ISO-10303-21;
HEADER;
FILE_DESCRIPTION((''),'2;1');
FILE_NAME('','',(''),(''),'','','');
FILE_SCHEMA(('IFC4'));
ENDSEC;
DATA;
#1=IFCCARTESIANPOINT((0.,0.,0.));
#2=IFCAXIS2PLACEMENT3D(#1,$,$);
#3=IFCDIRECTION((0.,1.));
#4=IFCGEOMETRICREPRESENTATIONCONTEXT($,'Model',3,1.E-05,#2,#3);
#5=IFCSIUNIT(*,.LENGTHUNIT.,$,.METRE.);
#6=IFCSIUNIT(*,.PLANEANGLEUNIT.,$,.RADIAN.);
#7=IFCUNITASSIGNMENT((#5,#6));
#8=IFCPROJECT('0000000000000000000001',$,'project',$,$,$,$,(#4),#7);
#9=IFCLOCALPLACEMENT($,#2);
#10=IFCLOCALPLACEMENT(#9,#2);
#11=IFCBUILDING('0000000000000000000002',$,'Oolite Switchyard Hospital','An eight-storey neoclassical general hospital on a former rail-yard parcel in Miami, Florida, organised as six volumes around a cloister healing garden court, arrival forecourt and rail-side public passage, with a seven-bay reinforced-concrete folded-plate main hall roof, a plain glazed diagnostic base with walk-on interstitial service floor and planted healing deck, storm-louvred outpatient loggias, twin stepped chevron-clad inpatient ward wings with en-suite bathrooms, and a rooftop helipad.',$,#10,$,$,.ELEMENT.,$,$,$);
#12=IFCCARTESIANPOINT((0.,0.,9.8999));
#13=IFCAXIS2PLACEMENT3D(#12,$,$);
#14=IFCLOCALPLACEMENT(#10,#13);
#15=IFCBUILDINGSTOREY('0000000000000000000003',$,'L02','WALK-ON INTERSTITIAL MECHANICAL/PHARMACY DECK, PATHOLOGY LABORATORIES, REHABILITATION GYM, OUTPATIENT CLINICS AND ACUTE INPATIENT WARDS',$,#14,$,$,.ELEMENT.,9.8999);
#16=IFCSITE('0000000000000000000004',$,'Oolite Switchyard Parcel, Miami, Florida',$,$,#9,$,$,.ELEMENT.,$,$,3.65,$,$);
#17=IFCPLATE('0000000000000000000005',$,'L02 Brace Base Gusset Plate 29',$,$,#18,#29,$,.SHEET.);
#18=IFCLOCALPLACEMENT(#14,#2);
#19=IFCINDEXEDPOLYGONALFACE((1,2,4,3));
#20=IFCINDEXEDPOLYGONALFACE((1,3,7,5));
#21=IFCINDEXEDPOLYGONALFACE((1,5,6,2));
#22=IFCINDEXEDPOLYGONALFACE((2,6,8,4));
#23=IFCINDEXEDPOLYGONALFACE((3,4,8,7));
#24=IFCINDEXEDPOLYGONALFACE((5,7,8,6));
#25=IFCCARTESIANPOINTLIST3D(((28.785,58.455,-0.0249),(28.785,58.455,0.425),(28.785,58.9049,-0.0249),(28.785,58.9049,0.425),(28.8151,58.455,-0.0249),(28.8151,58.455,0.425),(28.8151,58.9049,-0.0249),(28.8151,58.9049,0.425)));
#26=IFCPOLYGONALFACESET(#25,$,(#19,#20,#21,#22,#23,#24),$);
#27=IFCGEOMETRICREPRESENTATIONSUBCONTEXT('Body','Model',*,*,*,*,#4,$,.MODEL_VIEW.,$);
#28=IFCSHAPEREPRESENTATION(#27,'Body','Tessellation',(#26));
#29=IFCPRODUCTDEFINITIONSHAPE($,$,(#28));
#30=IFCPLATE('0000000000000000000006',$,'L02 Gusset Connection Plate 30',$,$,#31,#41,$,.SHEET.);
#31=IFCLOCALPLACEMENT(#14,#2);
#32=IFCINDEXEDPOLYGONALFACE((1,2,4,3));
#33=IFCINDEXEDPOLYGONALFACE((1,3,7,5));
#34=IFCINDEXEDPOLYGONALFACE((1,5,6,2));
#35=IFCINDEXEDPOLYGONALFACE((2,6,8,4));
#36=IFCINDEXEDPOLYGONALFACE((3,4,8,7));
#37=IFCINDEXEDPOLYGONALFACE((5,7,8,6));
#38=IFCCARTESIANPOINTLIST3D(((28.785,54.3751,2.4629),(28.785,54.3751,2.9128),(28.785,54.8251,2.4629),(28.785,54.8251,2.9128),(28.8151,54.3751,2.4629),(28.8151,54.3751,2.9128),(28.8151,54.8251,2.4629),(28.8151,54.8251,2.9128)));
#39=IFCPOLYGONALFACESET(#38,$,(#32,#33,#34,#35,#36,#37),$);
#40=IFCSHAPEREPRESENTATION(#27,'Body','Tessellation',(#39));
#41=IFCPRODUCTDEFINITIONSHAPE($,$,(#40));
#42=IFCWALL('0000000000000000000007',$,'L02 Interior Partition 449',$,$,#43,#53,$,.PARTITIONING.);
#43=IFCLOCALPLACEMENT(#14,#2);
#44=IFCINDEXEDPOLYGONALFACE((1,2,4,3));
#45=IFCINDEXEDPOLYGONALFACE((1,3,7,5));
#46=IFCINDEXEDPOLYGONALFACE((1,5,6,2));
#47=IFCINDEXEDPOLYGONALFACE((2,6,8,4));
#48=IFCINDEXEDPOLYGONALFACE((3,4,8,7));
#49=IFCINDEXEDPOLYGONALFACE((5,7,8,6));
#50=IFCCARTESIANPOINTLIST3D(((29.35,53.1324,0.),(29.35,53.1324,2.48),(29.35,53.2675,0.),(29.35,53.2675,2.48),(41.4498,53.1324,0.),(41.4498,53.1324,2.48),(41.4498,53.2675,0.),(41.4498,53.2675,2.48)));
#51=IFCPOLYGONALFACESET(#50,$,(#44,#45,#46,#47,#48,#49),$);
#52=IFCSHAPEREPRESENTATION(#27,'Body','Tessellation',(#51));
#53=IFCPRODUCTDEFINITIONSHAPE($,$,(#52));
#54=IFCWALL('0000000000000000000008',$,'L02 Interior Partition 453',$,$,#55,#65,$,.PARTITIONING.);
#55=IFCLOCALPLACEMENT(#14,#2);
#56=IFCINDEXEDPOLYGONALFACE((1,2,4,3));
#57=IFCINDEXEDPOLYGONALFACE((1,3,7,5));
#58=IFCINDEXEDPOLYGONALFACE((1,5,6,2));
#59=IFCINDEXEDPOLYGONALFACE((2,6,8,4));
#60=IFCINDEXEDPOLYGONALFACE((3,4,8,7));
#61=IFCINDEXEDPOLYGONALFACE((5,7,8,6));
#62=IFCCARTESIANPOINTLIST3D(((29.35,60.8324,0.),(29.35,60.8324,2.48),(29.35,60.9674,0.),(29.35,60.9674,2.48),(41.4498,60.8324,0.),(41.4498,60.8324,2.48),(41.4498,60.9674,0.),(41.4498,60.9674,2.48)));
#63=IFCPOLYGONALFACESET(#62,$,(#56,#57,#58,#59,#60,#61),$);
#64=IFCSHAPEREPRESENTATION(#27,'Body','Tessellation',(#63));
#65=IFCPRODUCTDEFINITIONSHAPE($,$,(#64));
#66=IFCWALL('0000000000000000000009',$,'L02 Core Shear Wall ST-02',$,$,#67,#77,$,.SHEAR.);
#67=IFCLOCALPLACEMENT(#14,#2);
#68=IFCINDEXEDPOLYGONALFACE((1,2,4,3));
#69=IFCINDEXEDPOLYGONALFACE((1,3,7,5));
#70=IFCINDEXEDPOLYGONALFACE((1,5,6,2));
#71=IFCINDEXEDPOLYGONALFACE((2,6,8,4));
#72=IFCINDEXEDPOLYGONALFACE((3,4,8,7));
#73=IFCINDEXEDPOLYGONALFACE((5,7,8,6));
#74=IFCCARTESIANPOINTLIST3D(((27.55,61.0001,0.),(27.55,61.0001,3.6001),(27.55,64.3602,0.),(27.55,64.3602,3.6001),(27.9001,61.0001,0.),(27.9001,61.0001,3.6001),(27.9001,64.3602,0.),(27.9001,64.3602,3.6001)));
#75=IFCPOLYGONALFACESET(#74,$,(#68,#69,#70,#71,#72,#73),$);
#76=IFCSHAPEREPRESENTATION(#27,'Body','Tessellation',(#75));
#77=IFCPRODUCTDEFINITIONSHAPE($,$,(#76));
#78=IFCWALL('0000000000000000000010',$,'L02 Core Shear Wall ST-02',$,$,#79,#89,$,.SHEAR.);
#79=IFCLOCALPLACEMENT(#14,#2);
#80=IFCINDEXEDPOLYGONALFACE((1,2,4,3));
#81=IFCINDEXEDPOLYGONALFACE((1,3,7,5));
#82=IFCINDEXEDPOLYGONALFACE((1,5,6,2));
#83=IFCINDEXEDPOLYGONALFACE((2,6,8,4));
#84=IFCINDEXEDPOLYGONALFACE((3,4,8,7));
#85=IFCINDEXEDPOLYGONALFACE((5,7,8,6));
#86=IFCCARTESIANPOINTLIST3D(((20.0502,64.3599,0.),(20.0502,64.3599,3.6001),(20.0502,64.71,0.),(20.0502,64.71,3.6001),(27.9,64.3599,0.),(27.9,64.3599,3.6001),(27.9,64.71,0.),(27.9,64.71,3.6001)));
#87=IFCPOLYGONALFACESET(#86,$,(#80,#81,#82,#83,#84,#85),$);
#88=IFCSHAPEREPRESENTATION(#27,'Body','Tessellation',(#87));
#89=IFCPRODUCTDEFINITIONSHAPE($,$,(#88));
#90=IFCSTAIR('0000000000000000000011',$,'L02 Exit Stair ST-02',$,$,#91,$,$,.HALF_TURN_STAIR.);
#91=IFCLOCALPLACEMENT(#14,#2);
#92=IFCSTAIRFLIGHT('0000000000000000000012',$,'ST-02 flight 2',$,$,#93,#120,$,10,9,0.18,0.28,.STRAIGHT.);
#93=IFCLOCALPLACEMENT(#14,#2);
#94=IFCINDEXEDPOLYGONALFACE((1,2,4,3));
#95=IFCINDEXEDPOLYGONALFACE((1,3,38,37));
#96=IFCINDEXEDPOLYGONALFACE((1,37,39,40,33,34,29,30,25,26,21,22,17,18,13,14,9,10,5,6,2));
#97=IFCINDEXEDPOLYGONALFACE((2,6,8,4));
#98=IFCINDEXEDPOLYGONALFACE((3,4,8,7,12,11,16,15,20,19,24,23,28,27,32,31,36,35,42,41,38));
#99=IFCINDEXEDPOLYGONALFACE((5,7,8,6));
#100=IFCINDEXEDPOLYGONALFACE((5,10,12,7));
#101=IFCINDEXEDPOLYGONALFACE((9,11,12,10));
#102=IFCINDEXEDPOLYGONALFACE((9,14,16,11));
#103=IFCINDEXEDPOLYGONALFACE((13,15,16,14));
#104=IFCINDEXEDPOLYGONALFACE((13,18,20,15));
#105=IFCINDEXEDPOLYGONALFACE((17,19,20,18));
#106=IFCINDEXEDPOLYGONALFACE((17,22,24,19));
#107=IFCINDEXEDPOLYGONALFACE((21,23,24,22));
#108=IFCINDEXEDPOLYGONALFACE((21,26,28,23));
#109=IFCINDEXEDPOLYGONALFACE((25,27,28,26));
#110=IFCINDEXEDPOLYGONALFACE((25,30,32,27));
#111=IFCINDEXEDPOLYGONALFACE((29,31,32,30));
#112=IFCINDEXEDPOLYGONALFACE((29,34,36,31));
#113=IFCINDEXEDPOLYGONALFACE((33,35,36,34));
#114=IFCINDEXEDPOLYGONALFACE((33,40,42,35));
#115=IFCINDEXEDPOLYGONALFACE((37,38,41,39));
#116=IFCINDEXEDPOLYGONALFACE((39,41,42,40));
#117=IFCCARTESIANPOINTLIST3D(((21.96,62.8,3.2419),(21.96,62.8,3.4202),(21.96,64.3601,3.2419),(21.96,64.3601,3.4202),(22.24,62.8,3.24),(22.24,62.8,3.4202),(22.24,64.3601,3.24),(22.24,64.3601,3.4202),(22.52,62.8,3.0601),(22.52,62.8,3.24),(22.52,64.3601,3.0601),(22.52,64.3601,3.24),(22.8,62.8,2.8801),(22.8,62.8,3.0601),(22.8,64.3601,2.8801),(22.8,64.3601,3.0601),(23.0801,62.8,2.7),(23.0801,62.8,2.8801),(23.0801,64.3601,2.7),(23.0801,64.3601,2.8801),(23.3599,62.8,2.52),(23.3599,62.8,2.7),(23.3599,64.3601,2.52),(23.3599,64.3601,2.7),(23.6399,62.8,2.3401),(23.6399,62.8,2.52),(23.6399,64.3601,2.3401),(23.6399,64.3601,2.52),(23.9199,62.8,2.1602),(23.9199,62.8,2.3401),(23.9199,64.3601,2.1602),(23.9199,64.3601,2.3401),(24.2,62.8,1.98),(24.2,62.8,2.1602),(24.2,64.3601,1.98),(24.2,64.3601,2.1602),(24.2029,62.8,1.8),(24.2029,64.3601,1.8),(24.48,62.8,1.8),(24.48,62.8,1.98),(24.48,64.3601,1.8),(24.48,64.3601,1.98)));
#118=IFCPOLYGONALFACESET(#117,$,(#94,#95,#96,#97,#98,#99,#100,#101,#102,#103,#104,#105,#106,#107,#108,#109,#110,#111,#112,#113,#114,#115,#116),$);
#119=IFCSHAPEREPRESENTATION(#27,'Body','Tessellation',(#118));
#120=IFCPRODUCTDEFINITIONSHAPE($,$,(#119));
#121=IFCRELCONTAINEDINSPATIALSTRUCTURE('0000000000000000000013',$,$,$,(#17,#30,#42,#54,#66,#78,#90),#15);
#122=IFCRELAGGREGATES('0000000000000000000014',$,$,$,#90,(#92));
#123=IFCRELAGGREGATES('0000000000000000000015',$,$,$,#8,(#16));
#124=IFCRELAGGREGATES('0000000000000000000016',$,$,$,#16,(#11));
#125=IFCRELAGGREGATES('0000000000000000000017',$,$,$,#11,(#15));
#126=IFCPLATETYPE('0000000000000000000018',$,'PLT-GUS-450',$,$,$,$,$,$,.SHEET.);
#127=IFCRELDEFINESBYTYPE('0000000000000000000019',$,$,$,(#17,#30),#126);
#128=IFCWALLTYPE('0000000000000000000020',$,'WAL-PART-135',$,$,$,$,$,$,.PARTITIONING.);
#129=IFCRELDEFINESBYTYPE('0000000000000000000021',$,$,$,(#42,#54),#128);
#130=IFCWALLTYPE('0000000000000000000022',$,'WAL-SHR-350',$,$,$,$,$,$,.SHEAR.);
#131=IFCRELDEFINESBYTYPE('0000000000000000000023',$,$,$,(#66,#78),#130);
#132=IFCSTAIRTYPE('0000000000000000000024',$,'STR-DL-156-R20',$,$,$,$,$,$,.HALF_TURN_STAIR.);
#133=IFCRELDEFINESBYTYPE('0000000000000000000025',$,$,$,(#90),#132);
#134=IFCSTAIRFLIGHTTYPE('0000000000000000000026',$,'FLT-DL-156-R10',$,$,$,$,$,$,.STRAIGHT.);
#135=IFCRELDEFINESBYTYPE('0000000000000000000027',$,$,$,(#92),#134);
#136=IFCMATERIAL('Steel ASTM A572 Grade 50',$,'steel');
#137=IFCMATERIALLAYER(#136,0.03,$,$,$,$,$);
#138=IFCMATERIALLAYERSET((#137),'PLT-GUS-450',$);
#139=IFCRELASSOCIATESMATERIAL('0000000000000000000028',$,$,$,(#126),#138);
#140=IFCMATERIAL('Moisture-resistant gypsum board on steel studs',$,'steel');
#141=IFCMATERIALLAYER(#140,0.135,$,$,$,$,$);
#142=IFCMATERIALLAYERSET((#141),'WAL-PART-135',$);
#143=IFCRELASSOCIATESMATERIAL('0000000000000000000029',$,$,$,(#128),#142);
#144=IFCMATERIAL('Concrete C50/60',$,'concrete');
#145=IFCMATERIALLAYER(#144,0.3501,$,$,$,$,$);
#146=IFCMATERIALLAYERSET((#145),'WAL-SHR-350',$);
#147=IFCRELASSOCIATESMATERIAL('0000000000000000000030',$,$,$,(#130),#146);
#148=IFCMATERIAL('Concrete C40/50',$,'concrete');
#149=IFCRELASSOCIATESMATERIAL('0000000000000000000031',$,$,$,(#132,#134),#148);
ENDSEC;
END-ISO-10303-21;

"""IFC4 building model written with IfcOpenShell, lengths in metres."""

from ifc_helpers import new_model, si_unit, direction, frame, frame_2d, origin, origin_2d, place, context, subcontext, project, spatial, polyline, rectangle, outline, extrude, material, layer, layer_set, type_object, element, aggregate, save


model = new_model("IFC4")

# Units and contexts
model_context = context("Model", 3, precision=1e-05, world=origin(), true_north=direction((0.0, 1.0)))
body_context = subcontext(model_context, "Body", "Model", "MODEL_VIEW")
ifc_project = project(units=[si_unit("LENGTHUNIT", "METRE"), si_unit("PLANEANGLEUNIT", "RADIAN")], contexts=[model_context])

# Site, building, storey
site_placement = place(None, origin())
site = spatial("IfcSite", under=ifc_project, at=site_placement, Name="Oolite Switchyard Parcel, Miami, Florida", CompositionType="ELEMENT", RefElevation=3.65)
building_placement = place(site_placement, origin())
building = spatial("IfcBuilding", under=site, at=building_placement, Name="Oolite Switchyard Hospital", Description="An eight-storey neoclassical general hospital on a former rail-yard parcel in Miami, Florida, organised as six volumes around a cloister healing garden court, arrival forecourt and rail-side public passage, with a seven-bay reinforced-concrete folded-plate main hall roof, a plain glazed diagnostic base with walk-on interstitial service floor and planted healing deck, storm-louvred outpatient loggias, twin stepped chevron-clad inpatient ward wings with en-suite bathrooms, and a rooftop helipad.", CompositionType="ELEMENT")
storey_placement = place(building_placement, frame((0.0, 0.0, 9.8999)))
storey = spatial("IfcBuildingStorey", under=building, at=storey_placement, Name="L02", Description="WALK-ON INTERSTITIAL MECHANICAL/PHARMACY DECK, PATHOLOGY LABORATORIES, REHABILITATION GYM, OUTPATIENT CLINICS AND ACUTE INPATIENT WARDS", CompositionType="ELEMENT", Elevation=9.8999)

# Shared definitions
ifc_material_1 = material(Name="Concrete C50/60", Category="concrete")

# Shared definitions
ifc_material_2 = material(Name="Concrete C40/50", Category="concrete")

# Plates
ifc_material_3 = material(Name="Steel ASTM A572 Grade 50", Category="steel")
ifc_layer_1 = layer(ifc_material_3, 0.03)
ifc_layer_set_1 = layer_set([ifc_layer_1], Name="PLT-GUS-450")
plate_type = type_object("IfcPlateType", Name="PLT-GUS-450", PredefinedType="SHEET", material=ifc_layer_set_1)
for number, where, z_axis, x_axis, name in (
    (1, (28.8, 58.6799, -0.0249), (0.0, 0.0, 1.0), (0.0, 1.0, 0.0), "L02 Brace Base Gusset Plate 29"),
    (2, (28.8, 54.6001, 2.4629), (0.0, 0.0, 1.0), (0.0, 1.0, 0.0), "L02 Gusset Connection Plate 30"),
):
    element("IfcPlate", number, at=place(storey_placement, frame(where, z_axis=z_axis, x_axis=x_axis)), inside=storey, type_object=plate_type, Name=name, PredefinedType="SHEET", context=body_context, shape_type="SweptSolid", body=[
        extrude(rectangle(XDim=0.45, YDim=0.03, at=origin_2d()), origin(), (0.0, 0.0, 1.0), 0.45),
    ])

# Walls
ifc_material_4 = material(Name="Moisture-resistant gypsum board on steel studs", Category="steel")
ifc_layer_2 = layer(ifc_material_4, 0.135)
ifc_layer_set_2 = layer_set([ifc_layer_2], Name="WAL-PART-135")
wall_type_1 = type_object("IfcWallType", Name="WAL-PART-135", PredefinedType="PARTITIONING", material=ifc_layer_set_2)
for number, where, z_axis, x_axis, name in (
    (3, (29.3501, 53.2, 0.0), (0.0, 0.0, 1.0), (1.0, 0.0, 0.0), "L02 Interior Partition 449"),
    (4, (29.3501, 60.8999, 0.0), (0.0, 0.0, 1.0), (1.0, 0.0, 0.0), "L02 Interior Partition 453"),
):
    element("IfcWall", number, at=place(storey_placement, frame(where, z_axis=z_axis, x_axis=x_axis)), inside=storey, type_object=wall_type_1, Name=name, PredefinedType="PARTITIONING", context=body_context, shape_type="SweptSolid", body=[
        extrude(rectangle(XDim=12.0999, YDim=0.135, at=frame_2d((6.0498, 0.0))), origin(), (0.0, 0.0, 1.0), 2.48),
    ])
ifc_layer_3 = layer(ifc_material_1, 0.3501)
ifc_layer_set_3 = layer_set([ifc_layer_3], Name="WAL-SHR-350")
wall_type_2 = type_object("IfcWallType", Name="WAL-SHR-350", PredefinedType="SHEAR", material=ifc_layer_set_3)
wall_1_placement = place(storey_placement, frame((27.7251, 61.0, 0.0), z_axis=(0.0, 0.0, 1.0), x_axis=(0.0, 1.0, 0.0)))
element("IfcWall", 5, at=wall_1_placement, inside=storey, type_object=wall_type_2, Name="L02 Core Shear Wall ST-02", PredefinedType="SHEAR", context=body_context, shape_type="SweptSolid", body=[
    extrude(rectangle(XDim=3.3601, YDim=0.3501, at=frame_2d((1.6802, 0.0))), origin(), (0.0, 0.0, 1.0), 3.6001),
])
wall_2_placement = place(storey_placement, frame((27.8999, 64.5349, 0.0), z_axis=(0.0, 0.0, 1.0), x_axis=(-1.0, 0.0, 0.0)))
element("IfcWall", 6, at=wall_2_placement, inside=storey, type_object=wall_type_2, Name="L02 Core Shear Wall ST-02", PredefinedType="SHEAR", context=body_context, shape_type="SweptSolid", body=[
    extrude(rectangle(XDim=7.8499, YDim=0.3501, at=frame_2d((3.9248, 0.0))), origin(), (0.0, 0.0, 1.0), 3.6001),
])

# Stair, stair flight
stair_type = type_object("IfcStairType", Name="STR-DL-156-R20", PredefinedType="HALF_TURN_STAIR", material=ifc_material_2)
stair_placement = place(storey_placement, origin())
stair = element("IfcStair", 7, at=stair_placement, inside=storey, type_object=stair_type, Name="L02 Exit Stair ST-02", PredefinedType="HALF_TURN_STAIR")
stair_flight_type = type_object("IfcStairFlightType", Name="FLT-DL-156-R10", PredefinedType="STRAIGHT", material=ifc_material_2)
stair_flight_placement = place(storey_placement, frame((24.48, 63.5801, 1.8), z_axis=(0.0, 0.0, 1.0), x_axis=(-1.0, 0.0, 0.0)))
stair_flight = element("IfcStairFlight", 8, at=stair_flight_placement, type_object=stair_flight_type, Name="ST-02 flight 2", NumberOfRisers=10, NumberOfTreads=9, PredefinedType="STRAIGHT", RiserHeight=0.18, TreadLength=0.28, context=body_context, shape_type="SweptSolid", body=[
    extrude(outline(polyline([(0.0, 0.0), (0.0, 0.1799), (0.28, 0.1799), (0.28, 0.3601), (0.5601, 0.3601), (0.5601, 0.54), (0.8401, 0.54), (0.8401, 0.72), (1.1201, 0.72), (1.1201, 0.8999), (1.3999, 0.8999), (1.3999, 1.0801), (1.6799, 1.0801), (1.6799, 1.26), (1.96, 1.26), (1.96, 1.4399), (2.24, 1.4399), (2.24, 1.6201), (2.52, 1.6201), (2.52, 1.8), (2.52, 1.4419), (0.2771, 0.0), (0.0, 0.0)])), frame((0.0, 0.78, 0.0), z_axis=(0.0, -1.0, 0.0), x_axis=(1.0, 0.0, 0.0)), (0.0, 0.0, 1.0), 1.5601),
])
aggregate(stair, [stair_flight])

save(model, "model.ifc")
